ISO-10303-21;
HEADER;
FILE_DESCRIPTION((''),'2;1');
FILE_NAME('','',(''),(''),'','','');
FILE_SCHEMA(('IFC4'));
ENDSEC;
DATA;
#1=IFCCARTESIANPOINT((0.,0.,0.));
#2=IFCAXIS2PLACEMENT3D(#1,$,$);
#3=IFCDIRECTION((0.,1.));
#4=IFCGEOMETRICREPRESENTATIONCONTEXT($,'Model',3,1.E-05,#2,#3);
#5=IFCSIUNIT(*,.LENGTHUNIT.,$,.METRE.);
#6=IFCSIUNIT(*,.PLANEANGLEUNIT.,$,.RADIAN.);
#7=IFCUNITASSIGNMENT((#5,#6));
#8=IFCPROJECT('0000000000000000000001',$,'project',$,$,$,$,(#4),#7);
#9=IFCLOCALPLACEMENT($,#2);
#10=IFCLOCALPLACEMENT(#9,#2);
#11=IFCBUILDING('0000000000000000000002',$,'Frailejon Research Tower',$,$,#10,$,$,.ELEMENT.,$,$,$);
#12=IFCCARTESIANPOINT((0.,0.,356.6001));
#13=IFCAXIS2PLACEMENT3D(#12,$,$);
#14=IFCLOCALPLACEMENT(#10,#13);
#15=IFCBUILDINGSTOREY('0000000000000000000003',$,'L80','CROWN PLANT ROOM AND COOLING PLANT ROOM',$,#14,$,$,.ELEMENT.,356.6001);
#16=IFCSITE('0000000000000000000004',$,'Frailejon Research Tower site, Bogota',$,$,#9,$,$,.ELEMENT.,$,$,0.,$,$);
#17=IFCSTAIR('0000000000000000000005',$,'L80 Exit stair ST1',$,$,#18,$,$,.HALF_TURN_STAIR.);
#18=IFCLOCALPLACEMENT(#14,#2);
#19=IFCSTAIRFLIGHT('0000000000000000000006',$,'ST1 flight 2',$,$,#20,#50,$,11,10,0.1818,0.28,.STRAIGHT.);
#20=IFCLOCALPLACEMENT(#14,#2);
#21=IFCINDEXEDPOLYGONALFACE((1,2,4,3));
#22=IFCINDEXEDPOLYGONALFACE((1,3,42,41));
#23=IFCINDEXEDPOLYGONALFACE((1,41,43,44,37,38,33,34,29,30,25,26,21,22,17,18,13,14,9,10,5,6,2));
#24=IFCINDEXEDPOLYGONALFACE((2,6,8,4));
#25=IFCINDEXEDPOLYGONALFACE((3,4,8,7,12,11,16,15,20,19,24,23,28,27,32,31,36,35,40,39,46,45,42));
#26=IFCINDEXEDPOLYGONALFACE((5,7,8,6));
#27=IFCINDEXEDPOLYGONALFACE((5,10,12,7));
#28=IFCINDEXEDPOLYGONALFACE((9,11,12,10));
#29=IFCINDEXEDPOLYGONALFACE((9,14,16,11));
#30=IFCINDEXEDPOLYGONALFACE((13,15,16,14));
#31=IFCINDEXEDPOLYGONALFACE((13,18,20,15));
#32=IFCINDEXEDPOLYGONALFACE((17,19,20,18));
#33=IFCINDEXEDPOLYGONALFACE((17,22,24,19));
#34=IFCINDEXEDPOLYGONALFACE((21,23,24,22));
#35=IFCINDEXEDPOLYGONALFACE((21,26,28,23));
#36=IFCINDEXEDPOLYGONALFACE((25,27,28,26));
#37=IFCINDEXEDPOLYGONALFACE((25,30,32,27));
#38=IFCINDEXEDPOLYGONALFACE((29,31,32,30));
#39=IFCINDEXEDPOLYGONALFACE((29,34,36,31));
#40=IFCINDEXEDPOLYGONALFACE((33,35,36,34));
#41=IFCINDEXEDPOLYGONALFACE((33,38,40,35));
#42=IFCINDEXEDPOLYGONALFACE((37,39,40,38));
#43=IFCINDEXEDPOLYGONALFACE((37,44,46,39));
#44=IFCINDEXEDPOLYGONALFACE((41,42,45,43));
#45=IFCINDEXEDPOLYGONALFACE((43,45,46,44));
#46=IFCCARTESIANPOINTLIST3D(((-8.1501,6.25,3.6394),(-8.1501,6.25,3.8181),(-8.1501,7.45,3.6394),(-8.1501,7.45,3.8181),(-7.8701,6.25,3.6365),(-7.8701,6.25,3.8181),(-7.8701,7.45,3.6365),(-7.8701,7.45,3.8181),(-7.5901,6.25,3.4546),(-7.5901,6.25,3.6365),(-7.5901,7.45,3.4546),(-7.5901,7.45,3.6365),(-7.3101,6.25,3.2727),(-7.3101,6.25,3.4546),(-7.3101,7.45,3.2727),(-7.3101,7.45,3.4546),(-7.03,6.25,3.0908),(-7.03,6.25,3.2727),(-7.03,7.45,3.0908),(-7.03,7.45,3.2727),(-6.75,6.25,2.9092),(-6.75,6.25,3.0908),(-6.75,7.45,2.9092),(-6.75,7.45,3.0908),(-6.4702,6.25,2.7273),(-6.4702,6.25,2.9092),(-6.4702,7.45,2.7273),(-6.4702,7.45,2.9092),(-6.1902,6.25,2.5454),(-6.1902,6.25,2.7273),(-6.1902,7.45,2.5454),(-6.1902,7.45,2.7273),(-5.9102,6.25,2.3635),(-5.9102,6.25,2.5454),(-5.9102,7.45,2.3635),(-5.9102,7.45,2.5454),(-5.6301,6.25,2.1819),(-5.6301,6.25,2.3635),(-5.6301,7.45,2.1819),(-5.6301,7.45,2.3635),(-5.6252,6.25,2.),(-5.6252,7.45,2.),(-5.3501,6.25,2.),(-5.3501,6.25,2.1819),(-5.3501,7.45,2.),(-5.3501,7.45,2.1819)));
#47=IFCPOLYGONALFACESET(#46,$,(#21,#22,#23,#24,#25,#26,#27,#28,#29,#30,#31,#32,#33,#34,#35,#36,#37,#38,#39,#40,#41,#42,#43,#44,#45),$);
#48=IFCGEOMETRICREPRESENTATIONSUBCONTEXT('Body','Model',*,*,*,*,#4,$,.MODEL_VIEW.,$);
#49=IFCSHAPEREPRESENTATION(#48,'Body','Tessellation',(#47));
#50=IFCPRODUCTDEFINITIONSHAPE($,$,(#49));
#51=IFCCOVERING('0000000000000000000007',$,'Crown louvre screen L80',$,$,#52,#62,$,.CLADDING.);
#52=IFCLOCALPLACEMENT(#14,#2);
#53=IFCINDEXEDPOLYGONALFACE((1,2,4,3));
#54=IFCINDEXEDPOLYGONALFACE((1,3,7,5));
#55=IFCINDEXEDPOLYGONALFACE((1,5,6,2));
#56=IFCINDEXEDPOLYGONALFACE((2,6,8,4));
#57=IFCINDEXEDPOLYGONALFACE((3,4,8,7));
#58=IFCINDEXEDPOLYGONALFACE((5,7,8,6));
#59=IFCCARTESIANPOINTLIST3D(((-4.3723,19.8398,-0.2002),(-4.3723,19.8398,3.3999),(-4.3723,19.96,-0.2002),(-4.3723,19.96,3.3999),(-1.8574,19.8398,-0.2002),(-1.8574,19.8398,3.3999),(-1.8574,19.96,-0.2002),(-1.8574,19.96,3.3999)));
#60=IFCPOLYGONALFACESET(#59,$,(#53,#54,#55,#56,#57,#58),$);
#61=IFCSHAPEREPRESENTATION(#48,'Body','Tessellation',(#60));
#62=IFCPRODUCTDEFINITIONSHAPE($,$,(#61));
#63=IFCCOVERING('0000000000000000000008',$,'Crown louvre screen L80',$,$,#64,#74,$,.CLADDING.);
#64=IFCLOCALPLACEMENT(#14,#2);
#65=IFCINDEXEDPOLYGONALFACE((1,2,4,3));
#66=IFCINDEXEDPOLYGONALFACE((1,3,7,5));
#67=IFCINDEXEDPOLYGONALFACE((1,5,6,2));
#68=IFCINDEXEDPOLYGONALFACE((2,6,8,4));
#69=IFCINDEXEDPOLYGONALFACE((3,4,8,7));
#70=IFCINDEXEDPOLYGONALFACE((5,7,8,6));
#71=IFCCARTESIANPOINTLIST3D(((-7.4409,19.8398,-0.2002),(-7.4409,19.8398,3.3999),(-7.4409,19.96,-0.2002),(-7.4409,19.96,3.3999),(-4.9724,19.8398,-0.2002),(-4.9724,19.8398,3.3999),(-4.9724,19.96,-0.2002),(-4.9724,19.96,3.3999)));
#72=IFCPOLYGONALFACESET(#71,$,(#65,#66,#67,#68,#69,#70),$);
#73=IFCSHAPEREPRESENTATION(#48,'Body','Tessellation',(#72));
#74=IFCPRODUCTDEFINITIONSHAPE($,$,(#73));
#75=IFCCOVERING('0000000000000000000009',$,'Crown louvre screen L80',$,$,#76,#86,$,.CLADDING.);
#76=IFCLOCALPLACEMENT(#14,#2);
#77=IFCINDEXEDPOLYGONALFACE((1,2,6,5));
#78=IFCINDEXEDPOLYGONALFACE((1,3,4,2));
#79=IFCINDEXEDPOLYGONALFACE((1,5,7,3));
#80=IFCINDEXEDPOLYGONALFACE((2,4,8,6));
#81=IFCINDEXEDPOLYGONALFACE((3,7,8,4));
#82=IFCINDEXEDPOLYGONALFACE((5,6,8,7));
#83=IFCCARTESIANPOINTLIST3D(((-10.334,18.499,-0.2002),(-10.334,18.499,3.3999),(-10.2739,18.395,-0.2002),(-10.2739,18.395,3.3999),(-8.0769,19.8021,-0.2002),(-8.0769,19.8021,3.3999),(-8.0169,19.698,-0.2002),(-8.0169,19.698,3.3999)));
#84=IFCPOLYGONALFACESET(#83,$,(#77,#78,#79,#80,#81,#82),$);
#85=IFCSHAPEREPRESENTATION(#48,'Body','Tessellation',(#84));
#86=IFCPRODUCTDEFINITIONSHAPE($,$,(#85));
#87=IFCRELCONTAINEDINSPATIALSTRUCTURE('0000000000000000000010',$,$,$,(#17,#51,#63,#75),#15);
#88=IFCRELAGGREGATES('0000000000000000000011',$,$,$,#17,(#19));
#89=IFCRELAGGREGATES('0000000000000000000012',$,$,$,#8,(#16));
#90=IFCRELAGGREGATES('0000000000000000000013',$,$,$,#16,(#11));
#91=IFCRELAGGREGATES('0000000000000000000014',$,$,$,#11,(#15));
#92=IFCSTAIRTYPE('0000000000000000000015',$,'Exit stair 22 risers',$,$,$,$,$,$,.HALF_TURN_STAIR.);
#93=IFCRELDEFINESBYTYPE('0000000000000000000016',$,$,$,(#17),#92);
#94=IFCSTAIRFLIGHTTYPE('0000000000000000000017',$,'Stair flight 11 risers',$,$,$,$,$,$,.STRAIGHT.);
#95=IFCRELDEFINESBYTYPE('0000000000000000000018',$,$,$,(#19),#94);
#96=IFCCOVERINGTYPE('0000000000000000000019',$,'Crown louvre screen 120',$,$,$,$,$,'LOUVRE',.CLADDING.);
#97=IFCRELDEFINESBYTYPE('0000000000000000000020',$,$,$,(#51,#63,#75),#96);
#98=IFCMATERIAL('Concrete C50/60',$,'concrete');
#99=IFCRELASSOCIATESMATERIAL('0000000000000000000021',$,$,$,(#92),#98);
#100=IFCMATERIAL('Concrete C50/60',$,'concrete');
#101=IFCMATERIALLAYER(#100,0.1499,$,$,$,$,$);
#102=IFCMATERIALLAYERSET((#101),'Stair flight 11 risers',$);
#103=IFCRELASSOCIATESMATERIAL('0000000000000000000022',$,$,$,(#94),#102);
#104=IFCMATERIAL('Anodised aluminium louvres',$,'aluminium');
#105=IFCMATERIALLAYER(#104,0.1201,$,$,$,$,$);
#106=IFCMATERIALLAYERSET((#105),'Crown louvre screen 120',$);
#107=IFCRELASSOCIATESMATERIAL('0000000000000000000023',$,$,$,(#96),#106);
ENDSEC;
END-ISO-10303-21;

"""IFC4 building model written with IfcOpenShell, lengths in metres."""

from ifc_helpers import new_model, si_unit, direction, frame, origin, place, context, subcontext, project, spatial, polyline, outline, extrude, material, layer, layer_set, type_object, element, aggregate, save


model = new_model("IFC4")

# Units and contexts
model_context = context("Model", 3, precision=1e-05, world=origin(), true_north=direction((0.0, 1.0)))
body_context = subcontext(model_context, "Body", "Model", "MODEL_VIEW")
ifc_project = project(units=[si_unit("LENGTHUNIT", "METRE"), si_unit("PLANEANGLEUNIT", "RADIAN")], contexts=[model_context])

# Site, building, storey
site_placement = place(None, origin())
site = spatial("IfcSite", under=ifc_project, at=site_placement, Name="Frailejon Research Tower site, Bogota", CompositionType="ELEMENT", RefElevation=0.0)
building_placement = place(site_placement, origin())
building = spatial("IfcBuilding", under=site, at=building_placement, Name="Frailejon Research Tower", CompositionType="ELEMENT")
storey_placement = place(building_placement, frame((0.0, 0.0, 356.6001)))
storey = spatial("IfcBuildingStorey", under=building, at=storey_placement, Name="L80", Description="CROWN PLANT ROOM AND COOLING PLANT ROOM", CompositionType="ELEMENT", Elevation=356.6001)

# Stair, stair flight
ifc_material_1 = material(Name="Concrete C50/60", Category="concrete")
stair_type = type_object("IfcStairType", Name="Exit stair 22 risers", PredefinedType="HALF_TURN_STAIR", material=ifc_material_1)
stair_placement = place(storey_placement, origin())
stair = element("IfcStair", 1, at=stair_placement, inside=storey, type_object=stair_type, Name="L80 Exit stair ST1", PredefinedType="HALF_TURN_STAIR")
ifc_material_2 = material(Name="Concrete C50/60", Category="concrete")
ifc_layer_1 = layer(ifc_material_2, 0.1499)
ifc_layer_set_1 = layer_set([ifc_layer_1], Name="Stair flight 11 risers")
stair_flight_type = type_object("IfcStairFlightType", Name="Stair flight 11 risers", PredefinedType="STRAIGHT", material=ifc_layer_set_1)
stair_flight_placement = place(storey_placement, frame((-5.3501, 6.8501, 2.0), z_axis=(0.0, 0.0, 1.0), x_axis=(-1.0, 0.0, 0.0)))
stair_flight = element("IfcStairFlight", 2, at=stair_flight_placement, type_object=stair_flight_type, Name="ST1 flight 2", NumberOfRisers=11, NumberOfTreads=10, PredefinedType="STRAIGHT", RiserHeight=0.1818, TreadLength=0.28, context=body_context, shape_type="SweptSolid", body=[
    extrude(outline(polyline([(0.0, 0.0), (0.0, 0.1819), (0.28, 0.1819), (0.28, 0.3635), (0.5601, 0.3635), (0.5601, 0.5454), (0.8401, 0.5454), (0.8401, 0.7273), (1.1201, 0.7273), (1.1201, 0.9092), (1.3999, 0.9092), (1.3999, 1.0908), (1.6799, 1.0908), (1.6799, 1.2727), (1.96, 1.2727), (1.96, 1.4546), (2.24, 1.4546), (2.24, 1.6365), (2.52, 1.6365), (2.52, 1.8181), (2.8, 1.8181), (2.8, 2.0), (2.8, 1.6394), (0.2751, 0.0), (0.0, 0.0)])), frame((0.0, 0.6001, 0.0), z_axis=(0.0, -1.0, 0.0), x_axis=(1.0, 0.0, 0.0)), (0.0, 0.0, 1.0), 1.2),
])
aggregate(stair, [stair_flight])

# Coverings
ifc_material_3 = material(Name="Anodised aluminium louvres", Category="aluminium")
ifc_layer_2 = layer(ifc_material_3, 0.1201)
ifc_layer_set_2 = layer_set([ifc_layer_2], Name="Crown louvre screen 120")
covering_type = type_object("IfcCoveringType", Name="Crown louvre screen 120", ElementType="LOUVRE", PredefinedType="CLADDING", material=ifc_layer_set_2)
covering_1_placement = place(storey_placement, frame((-4.3723, 19.8999, -0.2002), z_axis=(1.0, 0.0, 0.0), x_axis=(0.0, 1.0, 0.0)))
element("IfcCovering", 3, at=covering_1_placement, inside=storey, type_object=covering_type, Name="Crown louvre screen L80", PredefinedType="CLADDING", context=body_context, shape_type="SweptSolid", body=[
    extrude(outline(polyline([(-0.0601, 0.0), (0.0601, 0.0), (0.0601, 3.6001), (-0.0601, 3.6001), (-0.0601, 0.0)])), origin(), (0.0, 0.0, 1.0), 2.5149),
])
covering_2_placement = place(storey_placement, frame((-7.4409, 19.8999, -0.2002), z_axis=(1.0, 0.0, 0.0), x_axis=(0.0, 1.0, 0.0)))
element("IfcCovering", 4, at=covering_2_placement, inside=storey, type_object=covering_type, Name="Crown louvre screen L80", PredefinedType="CLADDING", context=body_context, shape_type="SweptSolid", body=[
    extrude(outline(polyline([(-0.0601, 0.0), (0.0601, 0.0), (0.0601, 3.6001), (-0.0601, 3.6001), (-0.0601, 0.0)])), origin(), (0.0, 0.0, 1.0), 2.4685),
])
covering_3_placement = place(storey_placement, frame((-10.304, 18.447, -0.2002), z_axis=(0.866039, 0.499977, 0.0), x_axis=(-0.499977, 0.866039, 0.0)))
element("IfcCovering", 5, at=covering_3_placement, inside=storey, type_object=covering_type, Name="Crown louvre screen L80", PredefinedType="CLADDING", context=body_context, shape_type="SweptSolid", body=[
    extrude(outline(polyline([(-0.0601, 0.0), (0.0601, 0.0), (0.0601, 3.6001), (-0.0601, 3.6001), (-0.0601, 0.0)])), origin(), (0.0, 0.0, 1.0), 2.6062),
])

save(model, "model.ifc")
